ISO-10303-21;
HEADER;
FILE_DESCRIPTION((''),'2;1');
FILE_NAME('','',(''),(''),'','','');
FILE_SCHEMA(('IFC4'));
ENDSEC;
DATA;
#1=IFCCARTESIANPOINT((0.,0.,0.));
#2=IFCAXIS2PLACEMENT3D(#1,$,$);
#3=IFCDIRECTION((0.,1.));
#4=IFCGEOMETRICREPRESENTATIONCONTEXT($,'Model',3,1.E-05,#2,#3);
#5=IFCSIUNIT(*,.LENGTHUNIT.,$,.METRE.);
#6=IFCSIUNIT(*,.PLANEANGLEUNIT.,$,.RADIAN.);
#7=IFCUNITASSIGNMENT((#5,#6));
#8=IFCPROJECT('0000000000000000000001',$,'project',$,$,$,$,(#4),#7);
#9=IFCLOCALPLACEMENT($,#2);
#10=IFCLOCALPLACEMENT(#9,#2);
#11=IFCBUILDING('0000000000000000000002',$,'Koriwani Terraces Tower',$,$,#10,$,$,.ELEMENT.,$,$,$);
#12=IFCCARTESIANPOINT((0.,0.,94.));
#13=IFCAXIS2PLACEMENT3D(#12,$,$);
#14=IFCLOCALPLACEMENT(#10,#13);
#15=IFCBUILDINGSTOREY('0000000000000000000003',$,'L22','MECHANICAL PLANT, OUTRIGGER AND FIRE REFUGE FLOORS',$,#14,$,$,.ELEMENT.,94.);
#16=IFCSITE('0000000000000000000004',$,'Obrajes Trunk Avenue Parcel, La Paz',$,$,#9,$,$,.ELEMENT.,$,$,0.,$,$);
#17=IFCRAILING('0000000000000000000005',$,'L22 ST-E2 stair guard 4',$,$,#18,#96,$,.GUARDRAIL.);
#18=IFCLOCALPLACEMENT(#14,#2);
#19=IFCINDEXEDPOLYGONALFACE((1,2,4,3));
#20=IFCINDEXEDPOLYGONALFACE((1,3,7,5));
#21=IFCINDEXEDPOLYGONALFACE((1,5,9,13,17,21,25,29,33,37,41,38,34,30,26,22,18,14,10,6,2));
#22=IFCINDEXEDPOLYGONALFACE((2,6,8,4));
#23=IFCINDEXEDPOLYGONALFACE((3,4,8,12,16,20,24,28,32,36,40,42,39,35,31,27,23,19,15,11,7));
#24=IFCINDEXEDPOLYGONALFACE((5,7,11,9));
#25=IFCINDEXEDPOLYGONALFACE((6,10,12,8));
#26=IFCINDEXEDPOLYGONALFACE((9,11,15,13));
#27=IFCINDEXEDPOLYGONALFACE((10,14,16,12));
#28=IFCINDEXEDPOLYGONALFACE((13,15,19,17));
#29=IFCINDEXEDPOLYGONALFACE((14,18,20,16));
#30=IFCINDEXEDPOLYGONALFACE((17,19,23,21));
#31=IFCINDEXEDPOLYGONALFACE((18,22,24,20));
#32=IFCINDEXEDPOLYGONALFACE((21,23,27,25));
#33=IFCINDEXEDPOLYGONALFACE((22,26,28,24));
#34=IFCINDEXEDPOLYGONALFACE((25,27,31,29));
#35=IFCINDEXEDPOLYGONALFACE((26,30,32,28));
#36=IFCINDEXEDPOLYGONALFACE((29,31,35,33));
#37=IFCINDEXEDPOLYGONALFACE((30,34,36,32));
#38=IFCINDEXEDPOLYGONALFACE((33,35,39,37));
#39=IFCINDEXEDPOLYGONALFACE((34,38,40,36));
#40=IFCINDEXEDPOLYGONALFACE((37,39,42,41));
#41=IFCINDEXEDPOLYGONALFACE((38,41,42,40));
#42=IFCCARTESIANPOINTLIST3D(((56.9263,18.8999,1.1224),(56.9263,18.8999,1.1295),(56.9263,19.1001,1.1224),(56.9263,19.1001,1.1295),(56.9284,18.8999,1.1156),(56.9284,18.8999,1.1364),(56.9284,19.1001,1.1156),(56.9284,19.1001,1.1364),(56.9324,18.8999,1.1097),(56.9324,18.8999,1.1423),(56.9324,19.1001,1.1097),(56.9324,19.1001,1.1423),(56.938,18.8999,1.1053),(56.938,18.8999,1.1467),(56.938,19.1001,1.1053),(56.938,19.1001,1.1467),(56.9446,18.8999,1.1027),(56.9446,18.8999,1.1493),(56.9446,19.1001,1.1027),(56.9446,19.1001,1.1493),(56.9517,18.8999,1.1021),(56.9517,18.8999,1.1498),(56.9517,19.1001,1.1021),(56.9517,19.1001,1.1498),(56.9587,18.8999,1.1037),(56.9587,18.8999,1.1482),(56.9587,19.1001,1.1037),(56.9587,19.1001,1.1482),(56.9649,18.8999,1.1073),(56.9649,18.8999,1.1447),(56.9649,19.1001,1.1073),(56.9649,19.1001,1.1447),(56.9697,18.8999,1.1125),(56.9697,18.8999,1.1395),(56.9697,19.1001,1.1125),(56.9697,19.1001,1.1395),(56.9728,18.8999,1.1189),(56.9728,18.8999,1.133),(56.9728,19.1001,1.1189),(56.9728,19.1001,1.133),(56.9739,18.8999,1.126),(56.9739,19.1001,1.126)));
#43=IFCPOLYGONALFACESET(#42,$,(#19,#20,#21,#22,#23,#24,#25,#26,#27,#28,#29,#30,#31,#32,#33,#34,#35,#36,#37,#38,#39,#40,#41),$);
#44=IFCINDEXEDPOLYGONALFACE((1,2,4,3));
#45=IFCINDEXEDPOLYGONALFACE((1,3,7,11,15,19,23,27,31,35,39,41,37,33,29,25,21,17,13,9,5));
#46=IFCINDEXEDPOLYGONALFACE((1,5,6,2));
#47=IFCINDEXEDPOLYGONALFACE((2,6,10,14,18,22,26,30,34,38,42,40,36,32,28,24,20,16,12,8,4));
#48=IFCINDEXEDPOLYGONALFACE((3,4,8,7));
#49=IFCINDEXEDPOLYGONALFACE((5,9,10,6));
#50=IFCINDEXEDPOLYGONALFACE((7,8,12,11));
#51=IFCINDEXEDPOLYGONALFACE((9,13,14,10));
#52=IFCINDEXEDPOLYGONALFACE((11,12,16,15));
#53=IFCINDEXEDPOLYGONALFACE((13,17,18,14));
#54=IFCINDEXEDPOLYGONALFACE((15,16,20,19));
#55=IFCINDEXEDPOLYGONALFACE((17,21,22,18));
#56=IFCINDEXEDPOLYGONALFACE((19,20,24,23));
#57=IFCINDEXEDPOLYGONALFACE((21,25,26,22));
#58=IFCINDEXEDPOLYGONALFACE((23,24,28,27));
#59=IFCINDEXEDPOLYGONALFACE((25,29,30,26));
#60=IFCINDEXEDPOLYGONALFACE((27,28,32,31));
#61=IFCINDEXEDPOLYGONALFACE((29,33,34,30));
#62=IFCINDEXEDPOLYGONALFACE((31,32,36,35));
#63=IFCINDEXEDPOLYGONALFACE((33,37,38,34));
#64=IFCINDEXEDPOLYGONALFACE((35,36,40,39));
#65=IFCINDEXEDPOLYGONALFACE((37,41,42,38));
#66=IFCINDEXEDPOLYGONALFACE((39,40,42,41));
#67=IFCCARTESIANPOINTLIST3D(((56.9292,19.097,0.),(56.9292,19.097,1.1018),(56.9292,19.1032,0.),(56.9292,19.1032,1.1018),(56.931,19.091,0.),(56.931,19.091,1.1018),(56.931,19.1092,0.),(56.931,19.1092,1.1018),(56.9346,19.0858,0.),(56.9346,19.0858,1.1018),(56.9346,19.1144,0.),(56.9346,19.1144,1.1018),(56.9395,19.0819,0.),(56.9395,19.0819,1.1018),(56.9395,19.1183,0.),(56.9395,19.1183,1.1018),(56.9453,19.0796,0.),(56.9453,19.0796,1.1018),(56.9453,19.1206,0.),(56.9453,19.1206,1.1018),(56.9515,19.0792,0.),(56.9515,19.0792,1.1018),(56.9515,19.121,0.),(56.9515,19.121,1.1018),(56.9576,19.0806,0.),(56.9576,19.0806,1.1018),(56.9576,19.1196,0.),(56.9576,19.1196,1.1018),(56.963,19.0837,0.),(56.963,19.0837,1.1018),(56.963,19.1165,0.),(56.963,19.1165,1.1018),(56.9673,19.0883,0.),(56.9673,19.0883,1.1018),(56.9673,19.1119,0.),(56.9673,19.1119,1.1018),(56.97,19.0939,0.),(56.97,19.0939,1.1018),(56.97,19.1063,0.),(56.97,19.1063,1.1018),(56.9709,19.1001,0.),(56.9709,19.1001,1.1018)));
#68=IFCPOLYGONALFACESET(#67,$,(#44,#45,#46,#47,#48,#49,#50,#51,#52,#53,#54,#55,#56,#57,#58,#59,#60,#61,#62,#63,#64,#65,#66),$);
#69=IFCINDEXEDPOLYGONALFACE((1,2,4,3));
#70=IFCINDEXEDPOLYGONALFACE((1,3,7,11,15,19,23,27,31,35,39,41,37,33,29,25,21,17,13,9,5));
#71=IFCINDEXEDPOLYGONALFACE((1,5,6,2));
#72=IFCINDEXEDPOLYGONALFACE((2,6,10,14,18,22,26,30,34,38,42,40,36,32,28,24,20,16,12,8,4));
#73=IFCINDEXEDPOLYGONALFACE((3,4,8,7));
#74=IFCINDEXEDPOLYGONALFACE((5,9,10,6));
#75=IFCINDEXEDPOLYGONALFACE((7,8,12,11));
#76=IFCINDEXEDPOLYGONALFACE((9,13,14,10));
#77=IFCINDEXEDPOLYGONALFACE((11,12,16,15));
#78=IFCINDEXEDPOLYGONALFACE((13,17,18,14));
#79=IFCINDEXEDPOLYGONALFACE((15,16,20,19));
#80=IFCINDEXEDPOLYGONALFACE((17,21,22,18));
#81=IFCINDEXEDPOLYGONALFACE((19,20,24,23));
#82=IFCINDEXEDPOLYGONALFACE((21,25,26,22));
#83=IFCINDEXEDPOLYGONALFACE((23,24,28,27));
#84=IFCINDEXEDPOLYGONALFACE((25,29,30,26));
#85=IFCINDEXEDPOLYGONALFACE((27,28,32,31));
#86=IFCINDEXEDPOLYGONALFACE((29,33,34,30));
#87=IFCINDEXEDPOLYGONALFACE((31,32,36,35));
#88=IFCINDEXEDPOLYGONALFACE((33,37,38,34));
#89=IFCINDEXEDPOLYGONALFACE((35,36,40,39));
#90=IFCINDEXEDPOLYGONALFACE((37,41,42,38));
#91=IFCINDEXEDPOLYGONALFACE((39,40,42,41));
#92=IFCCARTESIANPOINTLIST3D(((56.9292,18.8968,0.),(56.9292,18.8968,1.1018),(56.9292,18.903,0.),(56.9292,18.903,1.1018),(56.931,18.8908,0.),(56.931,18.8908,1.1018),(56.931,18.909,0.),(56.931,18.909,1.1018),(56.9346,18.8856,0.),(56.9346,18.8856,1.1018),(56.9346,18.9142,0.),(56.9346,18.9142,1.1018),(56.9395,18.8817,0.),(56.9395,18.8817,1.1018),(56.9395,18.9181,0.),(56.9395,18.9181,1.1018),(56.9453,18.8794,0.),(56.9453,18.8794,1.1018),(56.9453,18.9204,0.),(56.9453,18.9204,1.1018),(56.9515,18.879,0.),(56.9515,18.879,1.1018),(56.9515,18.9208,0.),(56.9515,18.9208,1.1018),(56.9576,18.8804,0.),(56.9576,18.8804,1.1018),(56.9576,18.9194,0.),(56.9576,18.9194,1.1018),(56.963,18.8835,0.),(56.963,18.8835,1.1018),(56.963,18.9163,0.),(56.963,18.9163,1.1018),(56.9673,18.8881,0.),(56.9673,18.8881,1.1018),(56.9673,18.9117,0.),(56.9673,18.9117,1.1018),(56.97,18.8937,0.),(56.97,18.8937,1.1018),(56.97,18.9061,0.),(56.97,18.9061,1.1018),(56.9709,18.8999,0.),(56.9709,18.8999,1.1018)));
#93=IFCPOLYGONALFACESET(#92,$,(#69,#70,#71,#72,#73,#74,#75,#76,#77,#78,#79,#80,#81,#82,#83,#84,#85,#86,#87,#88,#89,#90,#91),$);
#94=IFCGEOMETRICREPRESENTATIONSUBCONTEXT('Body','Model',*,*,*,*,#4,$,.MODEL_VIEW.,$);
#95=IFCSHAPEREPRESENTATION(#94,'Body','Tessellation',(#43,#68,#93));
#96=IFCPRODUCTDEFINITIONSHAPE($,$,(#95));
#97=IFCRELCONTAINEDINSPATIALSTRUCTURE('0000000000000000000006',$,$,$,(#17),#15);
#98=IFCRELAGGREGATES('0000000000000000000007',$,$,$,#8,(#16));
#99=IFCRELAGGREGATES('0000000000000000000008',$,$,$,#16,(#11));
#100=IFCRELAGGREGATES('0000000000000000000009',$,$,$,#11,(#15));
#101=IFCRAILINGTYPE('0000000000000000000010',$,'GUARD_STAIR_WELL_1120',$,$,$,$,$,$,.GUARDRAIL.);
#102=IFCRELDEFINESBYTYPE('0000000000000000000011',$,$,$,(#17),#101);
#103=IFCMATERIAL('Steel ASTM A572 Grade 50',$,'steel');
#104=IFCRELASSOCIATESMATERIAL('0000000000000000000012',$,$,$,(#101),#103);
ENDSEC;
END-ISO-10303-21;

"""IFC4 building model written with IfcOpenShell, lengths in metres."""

from ifc_helpers import new_model, si_unit, direction, frame, origin, origin_2d, place, context, subcontext, project, spatial, circle, extrude, material, type_object, element, save


model = new_model("IFC4")

# Units and contexts
model_context = context("Model", 3, precision=1e-05, world=origin(), true_north=direction((0.0, 1.0)))
body_context = subcontext(model_context, "Body", "Model", "MODEL_VIEW")
ifc_project = project(units=[si_unit("LENGTHUNIT", "METRE"), si_unit("PLANEANGLEUNIT", "RADIAN")], contexts=[model_context])

# Site, building, storey
site_placement = place(None, origin())
site = spatial("IfcSite", under=ifc_project, at=site_placement, Name="Obrajes Trunk Avenue Parcel, La Paz", CompositionType="ELEMENT", RefElevation=0.0)
building_placement = place(site_placement, origin())
building = spatial("IfcBuilding", under=site, at=building_placement, Name="Koriwani Terraces Tower", CompositionType="ELEMENT")
storey_placement = place(building_placement, frame((0.0, 0.0, 94.0)))
storey = spatial("IfcBuildingStorey", under=building, at=storey_placement, Name="L22", Description="MECHANICAL PLANT, OUTRIGGER AND FIRE REFUGE FLOORS", CompositionType="ELEMENT", Elevation=94.0)

# Shared definitions
ifc_material_1 = material(Name="Steel ASTM A572 Grade 50", Category="steel")

# Railing
railing_type_1 = type_object("IfcRailingType", Name="GUARD_STAIR_WELL_1120", PredefinedType="GUARDRAIL", material=ifc_material_1)
railing_1_placement = place(storey_placement, frame((56.95, 19.1001, 0.0)))
element("IfcRailing", 1, at=railing_1_placement, inside=storey, type_object=railing_type_1, Name="L22 ST-E2 stair guard 4", PredefinedType="GUARDRAIL", context=body_context, shape_type="SweptSolid", body=[
    extrude(circle(Radius=0.0239, at=origin_2d()), frame((0.0, 0.0, 1.126), z_axis=(0.0, -1.0, 0.0), x_axis=(1.0, 0.0, 0.0)), (0.0, 0.0, 1.0), 0.2002),
    extrude(circle(Radius=0.021, at=origin_2d()), origin(), (0.0, 0.0, 1.0), 1.1018),
    extrude(circle(Radius=0.021, at=origin_2d()), frame((0.0, -0.2002, 0.0)), (0.0, 0.0, 1.0), 1.1018),
])

save(model, "model.ifc")
